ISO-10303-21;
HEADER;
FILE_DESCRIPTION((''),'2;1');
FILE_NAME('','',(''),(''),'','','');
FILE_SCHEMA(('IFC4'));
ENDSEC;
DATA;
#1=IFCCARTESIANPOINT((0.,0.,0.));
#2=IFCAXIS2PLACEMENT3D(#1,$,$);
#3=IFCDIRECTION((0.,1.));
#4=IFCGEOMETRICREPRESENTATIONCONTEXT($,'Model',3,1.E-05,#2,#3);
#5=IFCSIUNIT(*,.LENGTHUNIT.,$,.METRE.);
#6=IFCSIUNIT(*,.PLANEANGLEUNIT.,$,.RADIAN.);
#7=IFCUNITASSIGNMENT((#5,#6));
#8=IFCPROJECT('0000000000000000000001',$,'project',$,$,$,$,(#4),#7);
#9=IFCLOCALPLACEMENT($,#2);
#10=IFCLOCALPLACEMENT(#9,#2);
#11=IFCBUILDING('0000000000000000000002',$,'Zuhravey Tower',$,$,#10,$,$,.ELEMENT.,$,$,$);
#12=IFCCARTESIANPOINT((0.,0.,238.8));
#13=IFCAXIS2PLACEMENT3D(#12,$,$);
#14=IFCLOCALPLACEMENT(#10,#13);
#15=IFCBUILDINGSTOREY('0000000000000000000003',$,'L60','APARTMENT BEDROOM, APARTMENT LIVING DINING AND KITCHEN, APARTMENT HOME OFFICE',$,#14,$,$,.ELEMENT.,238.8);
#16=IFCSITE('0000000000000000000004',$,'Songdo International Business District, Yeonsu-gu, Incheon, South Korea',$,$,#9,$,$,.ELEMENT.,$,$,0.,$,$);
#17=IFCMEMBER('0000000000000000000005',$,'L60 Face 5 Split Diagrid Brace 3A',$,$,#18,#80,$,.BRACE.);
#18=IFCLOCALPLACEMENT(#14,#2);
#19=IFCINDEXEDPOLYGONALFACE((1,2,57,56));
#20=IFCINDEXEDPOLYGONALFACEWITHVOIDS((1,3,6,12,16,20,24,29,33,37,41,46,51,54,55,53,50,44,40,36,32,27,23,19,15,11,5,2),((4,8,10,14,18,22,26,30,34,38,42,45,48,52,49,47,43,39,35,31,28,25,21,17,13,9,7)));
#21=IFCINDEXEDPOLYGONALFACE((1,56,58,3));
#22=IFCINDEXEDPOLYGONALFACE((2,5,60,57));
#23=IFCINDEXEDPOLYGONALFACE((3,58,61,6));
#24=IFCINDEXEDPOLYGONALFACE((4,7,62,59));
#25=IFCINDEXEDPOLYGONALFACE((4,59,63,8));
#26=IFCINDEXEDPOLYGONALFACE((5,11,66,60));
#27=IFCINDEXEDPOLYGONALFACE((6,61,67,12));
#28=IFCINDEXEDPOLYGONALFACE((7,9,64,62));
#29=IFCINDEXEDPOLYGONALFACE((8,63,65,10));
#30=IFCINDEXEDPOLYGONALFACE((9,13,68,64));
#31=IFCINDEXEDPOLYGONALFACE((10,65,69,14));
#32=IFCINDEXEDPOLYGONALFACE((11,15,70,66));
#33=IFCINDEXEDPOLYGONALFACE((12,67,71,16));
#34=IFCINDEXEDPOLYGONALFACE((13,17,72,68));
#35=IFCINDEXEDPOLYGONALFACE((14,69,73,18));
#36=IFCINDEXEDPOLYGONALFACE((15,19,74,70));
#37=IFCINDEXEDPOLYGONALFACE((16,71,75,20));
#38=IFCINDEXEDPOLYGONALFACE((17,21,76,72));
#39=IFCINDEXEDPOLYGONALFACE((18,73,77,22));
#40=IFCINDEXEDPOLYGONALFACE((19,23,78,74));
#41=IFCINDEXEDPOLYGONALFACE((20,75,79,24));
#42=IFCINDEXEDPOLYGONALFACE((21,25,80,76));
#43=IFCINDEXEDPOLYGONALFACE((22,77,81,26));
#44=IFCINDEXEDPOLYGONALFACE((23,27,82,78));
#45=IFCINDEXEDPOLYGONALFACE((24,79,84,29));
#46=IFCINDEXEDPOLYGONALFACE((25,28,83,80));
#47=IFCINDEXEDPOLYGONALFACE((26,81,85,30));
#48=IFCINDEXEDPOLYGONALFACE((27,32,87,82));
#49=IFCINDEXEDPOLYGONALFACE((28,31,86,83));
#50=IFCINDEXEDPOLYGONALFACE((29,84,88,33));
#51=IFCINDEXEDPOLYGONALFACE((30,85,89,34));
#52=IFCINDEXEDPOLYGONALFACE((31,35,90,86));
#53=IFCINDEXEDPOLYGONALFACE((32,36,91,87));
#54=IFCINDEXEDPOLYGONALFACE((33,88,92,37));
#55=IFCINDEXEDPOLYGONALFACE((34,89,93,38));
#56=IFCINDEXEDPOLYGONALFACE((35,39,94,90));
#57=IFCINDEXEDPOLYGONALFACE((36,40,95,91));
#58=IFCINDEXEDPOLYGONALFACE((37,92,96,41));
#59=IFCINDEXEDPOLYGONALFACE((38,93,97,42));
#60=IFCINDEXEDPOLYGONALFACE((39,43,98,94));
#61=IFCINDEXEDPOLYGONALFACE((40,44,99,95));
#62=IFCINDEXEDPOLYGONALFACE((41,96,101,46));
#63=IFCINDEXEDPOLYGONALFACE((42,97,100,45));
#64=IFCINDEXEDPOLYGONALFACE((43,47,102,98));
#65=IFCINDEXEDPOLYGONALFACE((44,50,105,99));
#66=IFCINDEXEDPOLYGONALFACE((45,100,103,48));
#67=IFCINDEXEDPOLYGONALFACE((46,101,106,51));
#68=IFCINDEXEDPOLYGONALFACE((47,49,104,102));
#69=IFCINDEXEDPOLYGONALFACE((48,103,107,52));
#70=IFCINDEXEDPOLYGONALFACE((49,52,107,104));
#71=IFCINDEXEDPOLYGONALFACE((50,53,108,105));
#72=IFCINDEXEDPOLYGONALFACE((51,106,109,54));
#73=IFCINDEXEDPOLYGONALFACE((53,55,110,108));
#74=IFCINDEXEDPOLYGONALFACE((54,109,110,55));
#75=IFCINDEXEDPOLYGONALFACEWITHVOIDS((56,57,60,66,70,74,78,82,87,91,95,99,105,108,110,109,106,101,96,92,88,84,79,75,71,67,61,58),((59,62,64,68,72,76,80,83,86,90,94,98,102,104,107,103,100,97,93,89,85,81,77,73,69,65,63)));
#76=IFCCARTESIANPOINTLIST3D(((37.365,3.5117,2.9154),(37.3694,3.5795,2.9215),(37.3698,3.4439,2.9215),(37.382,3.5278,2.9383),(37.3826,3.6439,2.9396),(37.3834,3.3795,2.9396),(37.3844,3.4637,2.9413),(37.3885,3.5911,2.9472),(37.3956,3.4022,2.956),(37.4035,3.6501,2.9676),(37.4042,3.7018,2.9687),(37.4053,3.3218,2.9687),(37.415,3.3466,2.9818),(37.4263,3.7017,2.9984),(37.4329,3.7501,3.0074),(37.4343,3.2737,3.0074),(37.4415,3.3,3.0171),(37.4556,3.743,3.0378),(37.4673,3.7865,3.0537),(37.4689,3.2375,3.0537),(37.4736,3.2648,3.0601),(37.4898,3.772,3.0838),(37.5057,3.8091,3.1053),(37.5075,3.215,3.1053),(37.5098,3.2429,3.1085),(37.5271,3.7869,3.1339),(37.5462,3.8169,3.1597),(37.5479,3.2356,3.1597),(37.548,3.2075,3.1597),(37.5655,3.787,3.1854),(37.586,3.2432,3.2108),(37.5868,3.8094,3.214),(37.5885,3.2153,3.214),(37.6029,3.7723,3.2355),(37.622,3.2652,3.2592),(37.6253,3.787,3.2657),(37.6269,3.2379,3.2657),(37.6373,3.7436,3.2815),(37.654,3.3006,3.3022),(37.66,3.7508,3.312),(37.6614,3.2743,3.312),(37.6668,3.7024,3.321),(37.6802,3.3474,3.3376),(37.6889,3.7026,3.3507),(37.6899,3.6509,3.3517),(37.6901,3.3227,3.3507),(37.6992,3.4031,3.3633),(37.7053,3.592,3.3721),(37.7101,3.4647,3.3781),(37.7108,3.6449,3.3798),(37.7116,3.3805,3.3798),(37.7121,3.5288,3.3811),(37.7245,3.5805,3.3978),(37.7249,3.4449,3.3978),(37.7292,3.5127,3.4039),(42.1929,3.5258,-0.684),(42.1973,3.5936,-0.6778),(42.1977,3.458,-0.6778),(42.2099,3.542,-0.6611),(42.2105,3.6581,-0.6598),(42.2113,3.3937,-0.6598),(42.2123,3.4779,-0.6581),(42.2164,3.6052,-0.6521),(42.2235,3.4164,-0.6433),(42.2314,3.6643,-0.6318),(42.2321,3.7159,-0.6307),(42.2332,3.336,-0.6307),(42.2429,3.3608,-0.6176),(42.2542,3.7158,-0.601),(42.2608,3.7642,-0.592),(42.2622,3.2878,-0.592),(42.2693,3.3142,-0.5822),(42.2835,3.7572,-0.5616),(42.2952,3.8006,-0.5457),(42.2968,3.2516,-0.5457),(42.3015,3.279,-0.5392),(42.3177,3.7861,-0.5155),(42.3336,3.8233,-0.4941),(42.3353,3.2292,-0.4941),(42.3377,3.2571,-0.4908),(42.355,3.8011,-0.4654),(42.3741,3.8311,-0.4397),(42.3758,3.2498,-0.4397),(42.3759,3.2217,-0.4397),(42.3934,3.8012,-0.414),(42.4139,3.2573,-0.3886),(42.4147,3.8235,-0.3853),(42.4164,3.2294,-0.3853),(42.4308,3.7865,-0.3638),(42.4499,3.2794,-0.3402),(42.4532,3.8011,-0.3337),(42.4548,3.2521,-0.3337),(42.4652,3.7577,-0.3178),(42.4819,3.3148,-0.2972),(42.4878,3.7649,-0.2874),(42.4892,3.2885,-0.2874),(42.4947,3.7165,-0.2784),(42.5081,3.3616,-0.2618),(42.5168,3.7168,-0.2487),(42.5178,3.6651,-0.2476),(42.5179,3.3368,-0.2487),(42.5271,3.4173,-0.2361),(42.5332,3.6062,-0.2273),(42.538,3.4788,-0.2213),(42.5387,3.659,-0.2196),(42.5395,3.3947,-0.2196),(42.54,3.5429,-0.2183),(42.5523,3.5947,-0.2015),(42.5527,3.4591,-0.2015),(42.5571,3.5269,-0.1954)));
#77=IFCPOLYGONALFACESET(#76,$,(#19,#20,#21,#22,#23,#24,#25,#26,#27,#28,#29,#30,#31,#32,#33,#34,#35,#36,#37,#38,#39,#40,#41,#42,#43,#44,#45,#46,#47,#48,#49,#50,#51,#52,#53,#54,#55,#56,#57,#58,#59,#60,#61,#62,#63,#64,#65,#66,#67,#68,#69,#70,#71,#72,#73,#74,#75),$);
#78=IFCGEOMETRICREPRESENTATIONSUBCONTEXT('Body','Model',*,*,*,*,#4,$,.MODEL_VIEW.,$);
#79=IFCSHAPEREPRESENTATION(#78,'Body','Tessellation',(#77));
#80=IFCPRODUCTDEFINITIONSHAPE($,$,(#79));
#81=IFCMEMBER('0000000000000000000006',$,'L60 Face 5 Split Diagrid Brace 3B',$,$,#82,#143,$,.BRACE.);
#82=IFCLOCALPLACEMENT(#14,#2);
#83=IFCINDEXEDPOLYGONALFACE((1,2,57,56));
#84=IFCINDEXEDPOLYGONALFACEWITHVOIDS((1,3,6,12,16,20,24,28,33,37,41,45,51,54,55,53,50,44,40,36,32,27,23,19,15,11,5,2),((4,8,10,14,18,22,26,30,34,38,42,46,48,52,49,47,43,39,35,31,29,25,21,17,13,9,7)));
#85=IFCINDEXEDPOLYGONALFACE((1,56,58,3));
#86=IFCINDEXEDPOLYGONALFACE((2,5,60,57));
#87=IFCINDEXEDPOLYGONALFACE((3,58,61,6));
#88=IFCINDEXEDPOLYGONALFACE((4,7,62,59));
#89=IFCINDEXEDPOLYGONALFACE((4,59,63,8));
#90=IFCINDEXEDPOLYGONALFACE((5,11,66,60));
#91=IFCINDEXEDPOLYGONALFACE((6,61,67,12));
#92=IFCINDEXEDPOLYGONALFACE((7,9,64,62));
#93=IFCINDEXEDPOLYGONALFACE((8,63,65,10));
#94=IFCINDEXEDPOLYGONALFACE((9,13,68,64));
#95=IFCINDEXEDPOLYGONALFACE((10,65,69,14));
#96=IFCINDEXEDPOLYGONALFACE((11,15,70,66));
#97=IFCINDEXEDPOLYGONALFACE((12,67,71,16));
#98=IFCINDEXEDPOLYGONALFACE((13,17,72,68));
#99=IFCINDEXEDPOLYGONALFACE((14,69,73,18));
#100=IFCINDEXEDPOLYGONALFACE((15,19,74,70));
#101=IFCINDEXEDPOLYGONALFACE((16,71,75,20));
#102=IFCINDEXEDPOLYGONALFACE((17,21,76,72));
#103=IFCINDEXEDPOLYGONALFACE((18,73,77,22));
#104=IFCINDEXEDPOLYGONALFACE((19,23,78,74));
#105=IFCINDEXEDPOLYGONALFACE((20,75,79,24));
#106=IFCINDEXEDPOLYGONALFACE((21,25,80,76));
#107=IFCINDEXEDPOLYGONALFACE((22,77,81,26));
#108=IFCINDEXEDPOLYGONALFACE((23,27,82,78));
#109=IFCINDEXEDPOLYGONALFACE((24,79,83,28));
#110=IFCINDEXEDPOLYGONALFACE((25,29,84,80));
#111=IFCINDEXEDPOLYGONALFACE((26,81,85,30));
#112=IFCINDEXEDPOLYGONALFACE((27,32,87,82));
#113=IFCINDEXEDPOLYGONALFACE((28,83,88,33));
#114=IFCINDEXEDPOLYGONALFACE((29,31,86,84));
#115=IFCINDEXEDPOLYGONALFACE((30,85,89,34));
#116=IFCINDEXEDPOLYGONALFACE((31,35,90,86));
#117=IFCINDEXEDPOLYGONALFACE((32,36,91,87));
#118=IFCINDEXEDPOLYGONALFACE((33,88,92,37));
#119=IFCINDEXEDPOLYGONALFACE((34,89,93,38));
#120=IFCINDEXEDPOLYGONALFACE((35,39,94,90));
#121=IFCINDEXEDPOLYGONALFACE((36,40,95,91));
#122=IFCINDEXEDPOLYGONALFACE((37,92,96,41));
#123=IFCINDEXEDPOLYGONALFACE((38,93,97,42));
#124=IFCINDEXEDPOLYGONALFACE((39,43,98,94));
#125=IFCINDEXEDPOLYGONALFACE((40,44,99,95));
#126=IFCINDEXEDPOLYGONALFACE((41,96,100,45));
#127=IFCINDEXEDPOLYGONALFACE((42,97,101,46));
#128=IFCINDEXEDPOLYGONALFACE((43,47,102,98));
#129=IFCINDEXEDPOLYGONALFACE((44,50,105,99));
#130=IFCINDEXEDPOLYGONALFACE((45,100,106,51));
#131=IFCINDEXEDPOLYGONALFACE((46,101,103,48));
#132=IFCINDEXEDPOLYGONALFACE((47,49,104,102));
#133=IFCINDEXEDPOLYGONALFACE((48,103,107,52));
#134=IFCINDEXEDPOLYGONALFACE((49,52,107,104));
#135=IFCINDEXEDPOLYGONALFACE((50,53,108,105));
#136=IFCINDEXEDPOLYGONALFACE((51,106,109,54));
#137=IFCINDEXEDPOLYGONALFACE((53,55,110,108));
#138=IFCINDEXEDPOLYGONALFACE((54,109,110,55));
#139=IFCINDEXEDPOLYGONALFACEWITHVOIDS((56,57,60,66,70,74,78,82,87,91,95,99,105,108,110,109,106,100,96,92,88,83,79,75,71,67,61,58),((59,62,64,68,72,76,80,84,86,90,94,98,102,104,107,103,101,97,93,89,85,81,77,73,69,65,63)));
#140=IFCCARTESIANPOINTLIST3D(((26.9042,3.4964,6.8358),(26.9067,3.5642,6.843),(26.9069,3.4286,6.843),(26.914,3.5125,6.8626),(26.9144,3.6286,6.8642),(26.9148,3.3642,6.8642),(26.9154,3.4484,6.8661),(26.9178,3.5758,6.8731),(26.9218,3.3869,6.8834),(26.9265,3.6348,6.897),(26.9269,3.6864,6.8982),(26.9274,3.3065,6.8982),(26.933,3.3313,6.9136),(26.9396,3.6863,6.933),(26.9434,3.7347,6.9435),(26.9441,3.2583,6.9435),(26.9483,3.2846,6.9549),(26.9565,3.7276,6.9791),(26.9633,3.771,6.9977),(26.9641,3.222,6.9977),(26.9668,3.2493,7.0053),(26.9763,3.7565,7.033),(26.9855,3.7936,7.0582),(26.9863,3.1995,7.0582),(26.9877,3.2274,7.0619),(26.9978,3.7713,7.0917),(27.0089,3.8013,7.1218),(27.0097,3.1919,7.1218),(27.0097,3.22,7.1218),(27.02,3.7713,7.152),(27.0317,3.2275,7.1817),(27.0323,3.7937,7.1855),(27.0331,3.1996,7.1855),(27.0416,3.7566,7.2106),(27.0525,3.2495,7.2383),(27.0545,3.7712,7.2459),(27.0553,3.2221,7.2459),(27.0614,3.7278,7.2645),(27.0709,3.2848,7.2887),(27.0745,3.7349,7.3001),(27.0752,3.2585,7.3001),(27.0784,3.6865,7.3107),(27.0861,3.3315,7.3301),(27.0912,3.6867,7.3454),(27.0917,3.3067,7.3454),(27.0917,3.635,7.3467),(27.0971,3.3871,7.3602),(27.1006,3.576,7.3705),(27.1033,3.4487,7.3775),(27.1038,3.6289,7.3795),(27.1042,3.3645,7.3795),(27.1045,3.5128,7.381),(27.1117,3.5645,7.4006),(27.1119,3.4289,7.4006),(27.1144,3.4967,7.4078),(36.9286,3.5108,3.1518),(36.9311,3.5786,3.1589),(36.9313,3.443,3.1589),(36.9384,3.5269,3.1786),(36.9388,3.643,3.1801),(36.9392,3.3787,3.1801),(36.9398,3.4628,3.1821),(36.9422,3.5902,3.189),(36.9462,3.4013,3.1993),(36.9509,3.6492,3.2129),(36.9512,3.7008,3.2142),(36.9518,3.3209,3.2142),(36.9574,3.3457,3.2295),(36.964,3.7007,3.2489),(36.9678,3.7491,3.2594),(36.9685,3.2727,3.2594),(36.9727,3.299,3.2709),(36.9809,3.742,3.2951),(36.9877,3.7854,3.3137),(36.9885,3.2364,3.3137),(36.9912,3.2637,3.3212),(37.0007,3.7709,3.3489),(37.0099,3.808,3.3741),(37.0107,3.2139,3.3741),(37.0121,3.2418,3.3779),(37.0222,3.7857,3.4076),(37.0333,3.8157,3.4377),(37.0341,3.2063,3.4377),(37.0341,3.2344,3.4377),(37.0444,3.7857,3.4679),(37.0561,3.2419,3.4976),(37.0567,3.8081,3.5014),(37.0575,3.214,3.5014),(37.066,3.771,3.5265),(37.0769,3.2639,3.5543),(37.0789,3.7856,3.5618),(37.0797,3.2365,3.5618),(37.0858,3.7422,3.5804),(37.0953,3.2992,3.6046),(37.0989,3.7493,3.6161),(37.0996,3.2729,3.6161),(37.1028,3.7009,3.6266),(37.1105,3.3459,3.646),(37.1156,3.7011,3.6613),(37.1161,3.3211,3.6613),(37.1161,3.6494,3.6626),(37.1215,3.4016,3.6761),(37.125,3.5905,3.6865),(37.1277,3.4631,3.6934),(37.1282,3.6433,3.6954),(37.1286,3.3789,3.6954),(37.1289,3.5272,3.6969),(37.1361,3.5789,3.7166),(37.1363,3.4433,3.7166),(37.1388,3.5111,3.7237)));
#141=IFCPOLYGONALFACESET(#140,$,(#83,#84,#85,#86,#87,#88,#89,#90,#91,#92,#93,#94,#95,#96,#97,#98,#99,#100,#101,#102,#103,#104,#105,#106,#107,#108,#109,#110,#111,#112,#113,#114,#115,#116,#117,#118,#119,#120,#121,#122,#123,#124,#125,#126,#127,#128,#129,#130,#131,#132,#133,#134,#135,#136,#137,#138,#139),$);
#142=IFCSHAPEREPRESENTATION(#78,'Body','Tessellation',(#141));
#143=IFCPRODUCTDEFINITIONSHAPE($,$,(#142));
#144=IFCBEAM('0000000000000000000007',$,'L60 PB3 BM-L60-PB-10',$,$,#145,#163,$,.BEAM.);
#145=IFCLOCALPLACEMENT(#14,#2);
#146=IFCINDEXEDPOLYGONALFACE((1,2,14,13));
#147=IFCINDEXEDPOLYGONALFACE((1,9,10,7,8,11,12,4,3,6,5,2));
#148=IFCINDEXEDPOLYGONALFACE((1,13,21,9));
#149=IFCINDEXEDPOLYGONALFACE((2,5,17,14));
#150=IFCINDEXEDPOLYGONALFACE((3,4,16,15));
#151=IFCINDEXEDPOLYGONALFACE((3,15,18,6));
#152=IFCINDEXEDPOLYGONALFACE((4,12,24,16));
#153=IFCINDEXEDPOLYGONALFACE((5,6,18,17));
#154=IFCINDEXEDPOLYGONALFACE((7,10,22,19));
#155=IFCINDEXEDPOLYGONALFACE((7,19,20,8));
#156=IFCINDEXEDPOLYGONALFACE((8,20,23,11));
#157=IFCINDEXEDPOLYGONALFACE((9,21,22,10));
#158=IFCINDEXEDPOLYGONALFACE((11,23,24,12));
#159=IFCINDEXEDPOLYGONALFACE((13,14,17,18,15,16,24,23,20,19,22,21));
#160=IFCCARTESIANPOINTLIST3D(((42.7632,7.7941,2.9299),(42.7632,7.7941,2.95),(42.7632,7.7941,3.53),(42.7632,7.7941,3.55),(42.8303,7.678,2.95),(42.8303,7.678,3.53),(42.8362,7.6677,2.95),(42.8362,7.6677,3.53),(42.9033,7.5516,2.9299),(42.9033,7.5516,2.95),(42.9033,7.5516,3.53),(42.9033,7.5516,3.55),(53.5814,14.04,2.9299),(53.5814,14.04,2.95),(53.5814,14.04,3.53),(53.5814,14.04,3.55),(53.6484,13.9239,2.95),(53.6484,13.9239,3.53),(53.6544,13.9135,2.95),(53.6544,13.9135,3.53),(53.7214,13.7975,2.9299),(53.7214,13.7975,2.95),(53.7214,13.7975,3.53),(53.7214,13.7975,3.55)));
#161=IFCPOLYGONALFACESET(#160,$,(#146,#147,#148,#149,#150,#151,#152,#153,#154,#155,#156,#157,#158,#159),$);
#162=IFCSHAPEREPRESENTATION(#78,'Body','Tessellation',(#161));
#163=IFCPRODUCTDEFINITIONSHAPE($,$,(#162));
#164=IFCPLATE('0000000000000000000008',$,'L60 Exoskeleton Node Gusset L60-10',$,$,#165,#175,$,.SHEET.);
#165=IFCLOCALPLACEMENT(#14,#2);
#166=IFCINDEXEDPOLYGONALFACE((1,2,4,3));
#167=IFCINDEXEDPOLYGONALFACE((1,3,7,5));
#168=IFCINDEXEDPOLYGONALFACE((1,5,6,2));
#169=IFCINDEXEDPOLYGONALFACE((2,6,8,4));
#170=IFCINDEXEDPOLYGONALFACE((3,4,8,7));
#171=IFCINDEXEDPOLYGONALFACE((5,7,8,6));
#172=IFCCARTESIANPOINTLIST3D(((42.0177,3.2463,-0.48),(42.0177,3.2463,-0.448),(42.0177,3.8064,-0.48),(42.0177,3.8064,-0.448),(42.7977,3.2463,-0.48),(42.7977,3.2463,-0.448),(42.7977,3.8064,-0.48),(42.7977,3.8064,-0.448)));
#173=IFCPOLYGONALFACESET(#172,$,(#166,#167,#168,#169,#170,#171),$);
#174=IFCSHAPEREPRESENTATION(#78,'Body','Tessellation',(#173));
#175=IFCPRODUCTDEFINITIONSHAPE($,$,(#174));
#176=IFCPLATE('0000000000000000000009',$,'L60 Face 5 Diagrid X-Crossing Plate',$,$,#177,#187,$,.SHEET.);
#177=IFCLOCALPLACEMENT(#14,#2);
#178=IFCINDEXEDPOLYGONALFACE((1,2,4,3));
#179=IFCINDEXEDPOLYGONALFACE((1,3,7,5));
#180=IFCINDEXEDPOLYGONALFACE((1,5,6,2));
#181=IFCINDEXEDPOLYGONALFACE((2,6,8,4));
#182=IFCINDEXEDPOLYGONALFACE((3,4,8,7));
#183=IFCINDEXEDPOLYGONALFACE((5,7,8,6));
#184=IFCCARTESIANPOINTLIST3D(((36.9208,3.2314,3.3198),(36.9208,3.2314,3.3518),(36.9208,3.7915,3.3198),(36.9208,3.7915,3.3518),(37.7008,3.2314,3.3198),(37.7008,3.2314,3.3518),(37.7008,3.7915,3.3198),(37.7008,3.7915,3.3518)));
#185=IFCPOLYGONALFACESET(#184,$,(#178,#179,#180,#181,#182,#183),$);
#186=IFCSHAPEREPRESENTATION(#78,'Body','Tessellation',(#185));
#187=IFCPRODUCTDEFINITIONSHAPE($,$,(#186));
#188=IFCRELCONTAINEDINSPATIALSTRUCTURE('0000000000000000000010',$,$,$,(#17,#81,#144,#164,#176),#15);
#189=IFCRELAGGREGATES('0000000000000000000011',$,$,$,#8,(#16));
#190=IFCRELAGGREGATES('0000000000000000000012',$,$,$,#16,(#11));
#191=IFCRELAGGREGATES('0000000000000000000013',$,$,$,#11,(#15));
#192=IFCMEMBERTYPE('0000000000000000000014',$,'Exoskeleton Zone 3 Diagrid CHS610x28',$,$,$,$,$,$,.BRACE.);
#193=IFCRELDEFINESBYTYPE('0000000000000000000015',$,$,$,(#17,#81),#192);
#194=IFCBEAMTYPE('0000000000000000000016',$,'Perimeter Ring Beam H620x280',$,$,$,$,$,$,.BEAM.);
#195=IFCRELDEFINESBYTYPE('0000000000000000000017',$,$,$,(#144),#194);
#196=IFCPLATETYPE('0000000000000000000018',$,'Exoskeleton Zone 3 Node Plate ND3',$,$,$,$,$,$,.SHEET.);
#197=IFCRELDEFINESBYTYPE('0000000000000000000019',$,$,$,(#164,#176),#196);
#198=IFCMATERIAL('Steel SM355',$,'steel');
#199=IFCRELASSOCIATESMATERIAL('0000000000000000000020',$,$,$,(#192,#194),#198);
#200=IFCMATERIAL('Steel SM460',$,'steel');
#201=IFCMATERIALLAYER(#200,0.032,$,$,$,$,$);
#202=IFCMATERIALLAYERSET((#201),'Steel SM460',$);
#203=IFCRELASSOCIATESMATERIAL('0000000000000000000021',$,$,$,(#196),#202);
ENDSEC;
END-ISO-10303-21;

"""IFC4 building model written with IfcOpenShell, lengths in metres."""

from ifc_helpers import new_model, si_unit, direction, frame, origin, origin_2d, place, context, subcontext, project, spatial, rectangle, hollow_circle, i_section, extrude, material, layer, layer_set, material_profile, profile_set, type_object, element, save


model = new_model("IFC4")

# Units and contexts
model_context = context("Model", 3, precision=1e-05, world=origin(), true_north=direction((0.0, 1.0)))
body_context = subcontext(model_context, "Body", "Model", "MODEL_VIEW")
ifc_project = project(units=[si_unit("LENGTHUNIT", "METRE"), si_unit("PLANEANGLEUNIT", "RADIAN")], contexts=[model_context])

# Site, building, storey
site_placement = place(None, origin())
site = spatial("IfcSite", under=ifc_project, at=site_placement, Name="Songdo International Business District, Yeonsu-gu, Incheon, South Korea", CompositionType="ELEMENT", RefElevation=0.0)
building_placement = place(site_placement, origin())
building = spatial("IfcBuilding", under=site, at=building_placement, Name="Zuhravey Tower", CompositionType="ELEMENT")
storey_placement = place(building_placement, frame((0.0, 0.0, 238.8)))
storey = spatial("IfcBuildingStorey", under=building, at=storey_placement, Name="L60", Description="APARTMENT BEDROOM, APARTMENT LIVING DINING AND KITCHEN, APARTMENT HOME OFFICE", CompositionType="ELEMENT", Elevation=238.8)

# Members
ifc_material_1 = material(Name="Steel SM355", Category="steel")
ifc_material_profile_1 = material_profile(ifc_material_1, hollow_circle(Radius=0.3047, WallThickness=0.0281, at=origin_2d()), Name="CHS-609.6x28")
ifc_profile_set_1 = profile_set([ifc_material_profile_1], Name="Steel SM355")
member_type_1 = type_object("IfcMemberType", Name="Exoskeleton Zone 3 Diagrid CHS610x28", PredefinedType="BRACE", material=ifc_profile_set_1)
member_1_placement = place(storey_placement, frame((42.375, 3.5264, -0.4397), z_axis=(-0.801712, -0.002351, 0.597706), x_axis=(0.002933, -0.999996, 0.0)))
element("IfcMember", 1, at=member_1_placement, inside=storey, type_object=member_type_1, Name="L60 Face 5 Split Diagrid Brace 3A", PredefinedType="BRACE", context=body_context, shape_type="SweptSolid", body=[
    extrude(hollow_circle(Radius=0.3047, WallThickness=0.0281, at=origin_2d()), origin(), (0.0, 0.0, 1.0), 6.022),
])
member_2_placement = place(storey_placement, frame((37.0337, 3.511, 3.4377), z_axis=(-0.938619, -0.001349, 0.344953), x_axis=(0.001437, -0.999999, 0.0)))
element("IfcMember", 2, at=member_2_placement, inside=storey, type_object=member_type_1, Name="L60 Face 5 Split Diagrid Brace 3B", PredefinedType="BRACE", context=body_context, shape_type="SweptSolid", body=[
    extrude(hollow_circle(Radius=0.3047, WallThickness=0.0281, at=origin_2d()), origin(), (0.0, 0.0, 1.0), 10.6799),
])

# Beam
ifc_material_profile_2 = material_profile(ifc_material_1, i_section(OverallWidth=0.28, OverallDepth=0.6201, WebThickness=0.012, FlangeThickness=0.02, at=origin_2d()), Name="H-620x280x12x20")
ifc_profile_set_2 = profile_set([ifc_material_profile_2], Name="Steel SM355")
beam_type = type_object("IfcBeamType", Name="Perimeter Ring Beam H620x280", PredefinedType="BEAM", material=ifc_profile_set_2)
beam_placement = place(storey_placement, frame((42.8333, 7.6729, 3.24), z_axis=(0.866025, 0.5, 0.0), x_axis=(-0.5, 0.866025, 0.0)))
element("IfcBeam", 3, at=beam_placement, inside=storey, type_object=beam_type, Name="L60 PB3 BM-L60-PB-10", PredefinedType="BEAM", context=body_context, shape_type="SweptSolid", body=[
    extrude(i_section(OverallWidth=0.28, OverallDepth=0.6201, WebThickness=0.012, FlangeThickness=0.02, at=origin_2d()), origin(), (0.0, 0.0, 1.0), 12.4917),
])

# Plates
ifc_material_2 = material(Name="Steel SM460", Category="steel")
ifc_layer_1 = layer(ifc_material_2, 0.032)
ifc_layer_set_1 = layer_set([ifc_layer_1], Name="Steel SM460")
plate_type_1 = type_object("IfcPlateType", Name="Exoskeleton Zone 3 Node Plate ND3", PredefinedType="SHEET", material=ifc_layer_set_1)
for number, where, z_axis, x_axis, name in (
    (4, (42.4077, 3.5264, -0.48), (0.0, 0.0, 1.0), (1.0, 0.0, 0.0), "L60 Exoskeleton Node Gusset L60-10"),
    (5, (37.3108, 3.5115, 3.3198), (0.0, 0.0, 1.0), (1.0, 0.0, 0.0), "L60 Face 5 Diagrid X-Crossing Plate"),
):
    element("IfcPlate", number, at=place(storey_placement, frame(where, z_axis=z_axis, x_axis=x_axis)), inside=storey, type_object=plate_type_1, Name=name, PredefinedType="SHEET", context=body_context, shape_type="SweptSolid", body=[
        extrude(rectangle(XDim=0.78, YDim=0.5601, at=origin_2d()), origin(), (0.0, 0.0, 1.0), 0.032),
    ])

save(model, "model.ifc")
